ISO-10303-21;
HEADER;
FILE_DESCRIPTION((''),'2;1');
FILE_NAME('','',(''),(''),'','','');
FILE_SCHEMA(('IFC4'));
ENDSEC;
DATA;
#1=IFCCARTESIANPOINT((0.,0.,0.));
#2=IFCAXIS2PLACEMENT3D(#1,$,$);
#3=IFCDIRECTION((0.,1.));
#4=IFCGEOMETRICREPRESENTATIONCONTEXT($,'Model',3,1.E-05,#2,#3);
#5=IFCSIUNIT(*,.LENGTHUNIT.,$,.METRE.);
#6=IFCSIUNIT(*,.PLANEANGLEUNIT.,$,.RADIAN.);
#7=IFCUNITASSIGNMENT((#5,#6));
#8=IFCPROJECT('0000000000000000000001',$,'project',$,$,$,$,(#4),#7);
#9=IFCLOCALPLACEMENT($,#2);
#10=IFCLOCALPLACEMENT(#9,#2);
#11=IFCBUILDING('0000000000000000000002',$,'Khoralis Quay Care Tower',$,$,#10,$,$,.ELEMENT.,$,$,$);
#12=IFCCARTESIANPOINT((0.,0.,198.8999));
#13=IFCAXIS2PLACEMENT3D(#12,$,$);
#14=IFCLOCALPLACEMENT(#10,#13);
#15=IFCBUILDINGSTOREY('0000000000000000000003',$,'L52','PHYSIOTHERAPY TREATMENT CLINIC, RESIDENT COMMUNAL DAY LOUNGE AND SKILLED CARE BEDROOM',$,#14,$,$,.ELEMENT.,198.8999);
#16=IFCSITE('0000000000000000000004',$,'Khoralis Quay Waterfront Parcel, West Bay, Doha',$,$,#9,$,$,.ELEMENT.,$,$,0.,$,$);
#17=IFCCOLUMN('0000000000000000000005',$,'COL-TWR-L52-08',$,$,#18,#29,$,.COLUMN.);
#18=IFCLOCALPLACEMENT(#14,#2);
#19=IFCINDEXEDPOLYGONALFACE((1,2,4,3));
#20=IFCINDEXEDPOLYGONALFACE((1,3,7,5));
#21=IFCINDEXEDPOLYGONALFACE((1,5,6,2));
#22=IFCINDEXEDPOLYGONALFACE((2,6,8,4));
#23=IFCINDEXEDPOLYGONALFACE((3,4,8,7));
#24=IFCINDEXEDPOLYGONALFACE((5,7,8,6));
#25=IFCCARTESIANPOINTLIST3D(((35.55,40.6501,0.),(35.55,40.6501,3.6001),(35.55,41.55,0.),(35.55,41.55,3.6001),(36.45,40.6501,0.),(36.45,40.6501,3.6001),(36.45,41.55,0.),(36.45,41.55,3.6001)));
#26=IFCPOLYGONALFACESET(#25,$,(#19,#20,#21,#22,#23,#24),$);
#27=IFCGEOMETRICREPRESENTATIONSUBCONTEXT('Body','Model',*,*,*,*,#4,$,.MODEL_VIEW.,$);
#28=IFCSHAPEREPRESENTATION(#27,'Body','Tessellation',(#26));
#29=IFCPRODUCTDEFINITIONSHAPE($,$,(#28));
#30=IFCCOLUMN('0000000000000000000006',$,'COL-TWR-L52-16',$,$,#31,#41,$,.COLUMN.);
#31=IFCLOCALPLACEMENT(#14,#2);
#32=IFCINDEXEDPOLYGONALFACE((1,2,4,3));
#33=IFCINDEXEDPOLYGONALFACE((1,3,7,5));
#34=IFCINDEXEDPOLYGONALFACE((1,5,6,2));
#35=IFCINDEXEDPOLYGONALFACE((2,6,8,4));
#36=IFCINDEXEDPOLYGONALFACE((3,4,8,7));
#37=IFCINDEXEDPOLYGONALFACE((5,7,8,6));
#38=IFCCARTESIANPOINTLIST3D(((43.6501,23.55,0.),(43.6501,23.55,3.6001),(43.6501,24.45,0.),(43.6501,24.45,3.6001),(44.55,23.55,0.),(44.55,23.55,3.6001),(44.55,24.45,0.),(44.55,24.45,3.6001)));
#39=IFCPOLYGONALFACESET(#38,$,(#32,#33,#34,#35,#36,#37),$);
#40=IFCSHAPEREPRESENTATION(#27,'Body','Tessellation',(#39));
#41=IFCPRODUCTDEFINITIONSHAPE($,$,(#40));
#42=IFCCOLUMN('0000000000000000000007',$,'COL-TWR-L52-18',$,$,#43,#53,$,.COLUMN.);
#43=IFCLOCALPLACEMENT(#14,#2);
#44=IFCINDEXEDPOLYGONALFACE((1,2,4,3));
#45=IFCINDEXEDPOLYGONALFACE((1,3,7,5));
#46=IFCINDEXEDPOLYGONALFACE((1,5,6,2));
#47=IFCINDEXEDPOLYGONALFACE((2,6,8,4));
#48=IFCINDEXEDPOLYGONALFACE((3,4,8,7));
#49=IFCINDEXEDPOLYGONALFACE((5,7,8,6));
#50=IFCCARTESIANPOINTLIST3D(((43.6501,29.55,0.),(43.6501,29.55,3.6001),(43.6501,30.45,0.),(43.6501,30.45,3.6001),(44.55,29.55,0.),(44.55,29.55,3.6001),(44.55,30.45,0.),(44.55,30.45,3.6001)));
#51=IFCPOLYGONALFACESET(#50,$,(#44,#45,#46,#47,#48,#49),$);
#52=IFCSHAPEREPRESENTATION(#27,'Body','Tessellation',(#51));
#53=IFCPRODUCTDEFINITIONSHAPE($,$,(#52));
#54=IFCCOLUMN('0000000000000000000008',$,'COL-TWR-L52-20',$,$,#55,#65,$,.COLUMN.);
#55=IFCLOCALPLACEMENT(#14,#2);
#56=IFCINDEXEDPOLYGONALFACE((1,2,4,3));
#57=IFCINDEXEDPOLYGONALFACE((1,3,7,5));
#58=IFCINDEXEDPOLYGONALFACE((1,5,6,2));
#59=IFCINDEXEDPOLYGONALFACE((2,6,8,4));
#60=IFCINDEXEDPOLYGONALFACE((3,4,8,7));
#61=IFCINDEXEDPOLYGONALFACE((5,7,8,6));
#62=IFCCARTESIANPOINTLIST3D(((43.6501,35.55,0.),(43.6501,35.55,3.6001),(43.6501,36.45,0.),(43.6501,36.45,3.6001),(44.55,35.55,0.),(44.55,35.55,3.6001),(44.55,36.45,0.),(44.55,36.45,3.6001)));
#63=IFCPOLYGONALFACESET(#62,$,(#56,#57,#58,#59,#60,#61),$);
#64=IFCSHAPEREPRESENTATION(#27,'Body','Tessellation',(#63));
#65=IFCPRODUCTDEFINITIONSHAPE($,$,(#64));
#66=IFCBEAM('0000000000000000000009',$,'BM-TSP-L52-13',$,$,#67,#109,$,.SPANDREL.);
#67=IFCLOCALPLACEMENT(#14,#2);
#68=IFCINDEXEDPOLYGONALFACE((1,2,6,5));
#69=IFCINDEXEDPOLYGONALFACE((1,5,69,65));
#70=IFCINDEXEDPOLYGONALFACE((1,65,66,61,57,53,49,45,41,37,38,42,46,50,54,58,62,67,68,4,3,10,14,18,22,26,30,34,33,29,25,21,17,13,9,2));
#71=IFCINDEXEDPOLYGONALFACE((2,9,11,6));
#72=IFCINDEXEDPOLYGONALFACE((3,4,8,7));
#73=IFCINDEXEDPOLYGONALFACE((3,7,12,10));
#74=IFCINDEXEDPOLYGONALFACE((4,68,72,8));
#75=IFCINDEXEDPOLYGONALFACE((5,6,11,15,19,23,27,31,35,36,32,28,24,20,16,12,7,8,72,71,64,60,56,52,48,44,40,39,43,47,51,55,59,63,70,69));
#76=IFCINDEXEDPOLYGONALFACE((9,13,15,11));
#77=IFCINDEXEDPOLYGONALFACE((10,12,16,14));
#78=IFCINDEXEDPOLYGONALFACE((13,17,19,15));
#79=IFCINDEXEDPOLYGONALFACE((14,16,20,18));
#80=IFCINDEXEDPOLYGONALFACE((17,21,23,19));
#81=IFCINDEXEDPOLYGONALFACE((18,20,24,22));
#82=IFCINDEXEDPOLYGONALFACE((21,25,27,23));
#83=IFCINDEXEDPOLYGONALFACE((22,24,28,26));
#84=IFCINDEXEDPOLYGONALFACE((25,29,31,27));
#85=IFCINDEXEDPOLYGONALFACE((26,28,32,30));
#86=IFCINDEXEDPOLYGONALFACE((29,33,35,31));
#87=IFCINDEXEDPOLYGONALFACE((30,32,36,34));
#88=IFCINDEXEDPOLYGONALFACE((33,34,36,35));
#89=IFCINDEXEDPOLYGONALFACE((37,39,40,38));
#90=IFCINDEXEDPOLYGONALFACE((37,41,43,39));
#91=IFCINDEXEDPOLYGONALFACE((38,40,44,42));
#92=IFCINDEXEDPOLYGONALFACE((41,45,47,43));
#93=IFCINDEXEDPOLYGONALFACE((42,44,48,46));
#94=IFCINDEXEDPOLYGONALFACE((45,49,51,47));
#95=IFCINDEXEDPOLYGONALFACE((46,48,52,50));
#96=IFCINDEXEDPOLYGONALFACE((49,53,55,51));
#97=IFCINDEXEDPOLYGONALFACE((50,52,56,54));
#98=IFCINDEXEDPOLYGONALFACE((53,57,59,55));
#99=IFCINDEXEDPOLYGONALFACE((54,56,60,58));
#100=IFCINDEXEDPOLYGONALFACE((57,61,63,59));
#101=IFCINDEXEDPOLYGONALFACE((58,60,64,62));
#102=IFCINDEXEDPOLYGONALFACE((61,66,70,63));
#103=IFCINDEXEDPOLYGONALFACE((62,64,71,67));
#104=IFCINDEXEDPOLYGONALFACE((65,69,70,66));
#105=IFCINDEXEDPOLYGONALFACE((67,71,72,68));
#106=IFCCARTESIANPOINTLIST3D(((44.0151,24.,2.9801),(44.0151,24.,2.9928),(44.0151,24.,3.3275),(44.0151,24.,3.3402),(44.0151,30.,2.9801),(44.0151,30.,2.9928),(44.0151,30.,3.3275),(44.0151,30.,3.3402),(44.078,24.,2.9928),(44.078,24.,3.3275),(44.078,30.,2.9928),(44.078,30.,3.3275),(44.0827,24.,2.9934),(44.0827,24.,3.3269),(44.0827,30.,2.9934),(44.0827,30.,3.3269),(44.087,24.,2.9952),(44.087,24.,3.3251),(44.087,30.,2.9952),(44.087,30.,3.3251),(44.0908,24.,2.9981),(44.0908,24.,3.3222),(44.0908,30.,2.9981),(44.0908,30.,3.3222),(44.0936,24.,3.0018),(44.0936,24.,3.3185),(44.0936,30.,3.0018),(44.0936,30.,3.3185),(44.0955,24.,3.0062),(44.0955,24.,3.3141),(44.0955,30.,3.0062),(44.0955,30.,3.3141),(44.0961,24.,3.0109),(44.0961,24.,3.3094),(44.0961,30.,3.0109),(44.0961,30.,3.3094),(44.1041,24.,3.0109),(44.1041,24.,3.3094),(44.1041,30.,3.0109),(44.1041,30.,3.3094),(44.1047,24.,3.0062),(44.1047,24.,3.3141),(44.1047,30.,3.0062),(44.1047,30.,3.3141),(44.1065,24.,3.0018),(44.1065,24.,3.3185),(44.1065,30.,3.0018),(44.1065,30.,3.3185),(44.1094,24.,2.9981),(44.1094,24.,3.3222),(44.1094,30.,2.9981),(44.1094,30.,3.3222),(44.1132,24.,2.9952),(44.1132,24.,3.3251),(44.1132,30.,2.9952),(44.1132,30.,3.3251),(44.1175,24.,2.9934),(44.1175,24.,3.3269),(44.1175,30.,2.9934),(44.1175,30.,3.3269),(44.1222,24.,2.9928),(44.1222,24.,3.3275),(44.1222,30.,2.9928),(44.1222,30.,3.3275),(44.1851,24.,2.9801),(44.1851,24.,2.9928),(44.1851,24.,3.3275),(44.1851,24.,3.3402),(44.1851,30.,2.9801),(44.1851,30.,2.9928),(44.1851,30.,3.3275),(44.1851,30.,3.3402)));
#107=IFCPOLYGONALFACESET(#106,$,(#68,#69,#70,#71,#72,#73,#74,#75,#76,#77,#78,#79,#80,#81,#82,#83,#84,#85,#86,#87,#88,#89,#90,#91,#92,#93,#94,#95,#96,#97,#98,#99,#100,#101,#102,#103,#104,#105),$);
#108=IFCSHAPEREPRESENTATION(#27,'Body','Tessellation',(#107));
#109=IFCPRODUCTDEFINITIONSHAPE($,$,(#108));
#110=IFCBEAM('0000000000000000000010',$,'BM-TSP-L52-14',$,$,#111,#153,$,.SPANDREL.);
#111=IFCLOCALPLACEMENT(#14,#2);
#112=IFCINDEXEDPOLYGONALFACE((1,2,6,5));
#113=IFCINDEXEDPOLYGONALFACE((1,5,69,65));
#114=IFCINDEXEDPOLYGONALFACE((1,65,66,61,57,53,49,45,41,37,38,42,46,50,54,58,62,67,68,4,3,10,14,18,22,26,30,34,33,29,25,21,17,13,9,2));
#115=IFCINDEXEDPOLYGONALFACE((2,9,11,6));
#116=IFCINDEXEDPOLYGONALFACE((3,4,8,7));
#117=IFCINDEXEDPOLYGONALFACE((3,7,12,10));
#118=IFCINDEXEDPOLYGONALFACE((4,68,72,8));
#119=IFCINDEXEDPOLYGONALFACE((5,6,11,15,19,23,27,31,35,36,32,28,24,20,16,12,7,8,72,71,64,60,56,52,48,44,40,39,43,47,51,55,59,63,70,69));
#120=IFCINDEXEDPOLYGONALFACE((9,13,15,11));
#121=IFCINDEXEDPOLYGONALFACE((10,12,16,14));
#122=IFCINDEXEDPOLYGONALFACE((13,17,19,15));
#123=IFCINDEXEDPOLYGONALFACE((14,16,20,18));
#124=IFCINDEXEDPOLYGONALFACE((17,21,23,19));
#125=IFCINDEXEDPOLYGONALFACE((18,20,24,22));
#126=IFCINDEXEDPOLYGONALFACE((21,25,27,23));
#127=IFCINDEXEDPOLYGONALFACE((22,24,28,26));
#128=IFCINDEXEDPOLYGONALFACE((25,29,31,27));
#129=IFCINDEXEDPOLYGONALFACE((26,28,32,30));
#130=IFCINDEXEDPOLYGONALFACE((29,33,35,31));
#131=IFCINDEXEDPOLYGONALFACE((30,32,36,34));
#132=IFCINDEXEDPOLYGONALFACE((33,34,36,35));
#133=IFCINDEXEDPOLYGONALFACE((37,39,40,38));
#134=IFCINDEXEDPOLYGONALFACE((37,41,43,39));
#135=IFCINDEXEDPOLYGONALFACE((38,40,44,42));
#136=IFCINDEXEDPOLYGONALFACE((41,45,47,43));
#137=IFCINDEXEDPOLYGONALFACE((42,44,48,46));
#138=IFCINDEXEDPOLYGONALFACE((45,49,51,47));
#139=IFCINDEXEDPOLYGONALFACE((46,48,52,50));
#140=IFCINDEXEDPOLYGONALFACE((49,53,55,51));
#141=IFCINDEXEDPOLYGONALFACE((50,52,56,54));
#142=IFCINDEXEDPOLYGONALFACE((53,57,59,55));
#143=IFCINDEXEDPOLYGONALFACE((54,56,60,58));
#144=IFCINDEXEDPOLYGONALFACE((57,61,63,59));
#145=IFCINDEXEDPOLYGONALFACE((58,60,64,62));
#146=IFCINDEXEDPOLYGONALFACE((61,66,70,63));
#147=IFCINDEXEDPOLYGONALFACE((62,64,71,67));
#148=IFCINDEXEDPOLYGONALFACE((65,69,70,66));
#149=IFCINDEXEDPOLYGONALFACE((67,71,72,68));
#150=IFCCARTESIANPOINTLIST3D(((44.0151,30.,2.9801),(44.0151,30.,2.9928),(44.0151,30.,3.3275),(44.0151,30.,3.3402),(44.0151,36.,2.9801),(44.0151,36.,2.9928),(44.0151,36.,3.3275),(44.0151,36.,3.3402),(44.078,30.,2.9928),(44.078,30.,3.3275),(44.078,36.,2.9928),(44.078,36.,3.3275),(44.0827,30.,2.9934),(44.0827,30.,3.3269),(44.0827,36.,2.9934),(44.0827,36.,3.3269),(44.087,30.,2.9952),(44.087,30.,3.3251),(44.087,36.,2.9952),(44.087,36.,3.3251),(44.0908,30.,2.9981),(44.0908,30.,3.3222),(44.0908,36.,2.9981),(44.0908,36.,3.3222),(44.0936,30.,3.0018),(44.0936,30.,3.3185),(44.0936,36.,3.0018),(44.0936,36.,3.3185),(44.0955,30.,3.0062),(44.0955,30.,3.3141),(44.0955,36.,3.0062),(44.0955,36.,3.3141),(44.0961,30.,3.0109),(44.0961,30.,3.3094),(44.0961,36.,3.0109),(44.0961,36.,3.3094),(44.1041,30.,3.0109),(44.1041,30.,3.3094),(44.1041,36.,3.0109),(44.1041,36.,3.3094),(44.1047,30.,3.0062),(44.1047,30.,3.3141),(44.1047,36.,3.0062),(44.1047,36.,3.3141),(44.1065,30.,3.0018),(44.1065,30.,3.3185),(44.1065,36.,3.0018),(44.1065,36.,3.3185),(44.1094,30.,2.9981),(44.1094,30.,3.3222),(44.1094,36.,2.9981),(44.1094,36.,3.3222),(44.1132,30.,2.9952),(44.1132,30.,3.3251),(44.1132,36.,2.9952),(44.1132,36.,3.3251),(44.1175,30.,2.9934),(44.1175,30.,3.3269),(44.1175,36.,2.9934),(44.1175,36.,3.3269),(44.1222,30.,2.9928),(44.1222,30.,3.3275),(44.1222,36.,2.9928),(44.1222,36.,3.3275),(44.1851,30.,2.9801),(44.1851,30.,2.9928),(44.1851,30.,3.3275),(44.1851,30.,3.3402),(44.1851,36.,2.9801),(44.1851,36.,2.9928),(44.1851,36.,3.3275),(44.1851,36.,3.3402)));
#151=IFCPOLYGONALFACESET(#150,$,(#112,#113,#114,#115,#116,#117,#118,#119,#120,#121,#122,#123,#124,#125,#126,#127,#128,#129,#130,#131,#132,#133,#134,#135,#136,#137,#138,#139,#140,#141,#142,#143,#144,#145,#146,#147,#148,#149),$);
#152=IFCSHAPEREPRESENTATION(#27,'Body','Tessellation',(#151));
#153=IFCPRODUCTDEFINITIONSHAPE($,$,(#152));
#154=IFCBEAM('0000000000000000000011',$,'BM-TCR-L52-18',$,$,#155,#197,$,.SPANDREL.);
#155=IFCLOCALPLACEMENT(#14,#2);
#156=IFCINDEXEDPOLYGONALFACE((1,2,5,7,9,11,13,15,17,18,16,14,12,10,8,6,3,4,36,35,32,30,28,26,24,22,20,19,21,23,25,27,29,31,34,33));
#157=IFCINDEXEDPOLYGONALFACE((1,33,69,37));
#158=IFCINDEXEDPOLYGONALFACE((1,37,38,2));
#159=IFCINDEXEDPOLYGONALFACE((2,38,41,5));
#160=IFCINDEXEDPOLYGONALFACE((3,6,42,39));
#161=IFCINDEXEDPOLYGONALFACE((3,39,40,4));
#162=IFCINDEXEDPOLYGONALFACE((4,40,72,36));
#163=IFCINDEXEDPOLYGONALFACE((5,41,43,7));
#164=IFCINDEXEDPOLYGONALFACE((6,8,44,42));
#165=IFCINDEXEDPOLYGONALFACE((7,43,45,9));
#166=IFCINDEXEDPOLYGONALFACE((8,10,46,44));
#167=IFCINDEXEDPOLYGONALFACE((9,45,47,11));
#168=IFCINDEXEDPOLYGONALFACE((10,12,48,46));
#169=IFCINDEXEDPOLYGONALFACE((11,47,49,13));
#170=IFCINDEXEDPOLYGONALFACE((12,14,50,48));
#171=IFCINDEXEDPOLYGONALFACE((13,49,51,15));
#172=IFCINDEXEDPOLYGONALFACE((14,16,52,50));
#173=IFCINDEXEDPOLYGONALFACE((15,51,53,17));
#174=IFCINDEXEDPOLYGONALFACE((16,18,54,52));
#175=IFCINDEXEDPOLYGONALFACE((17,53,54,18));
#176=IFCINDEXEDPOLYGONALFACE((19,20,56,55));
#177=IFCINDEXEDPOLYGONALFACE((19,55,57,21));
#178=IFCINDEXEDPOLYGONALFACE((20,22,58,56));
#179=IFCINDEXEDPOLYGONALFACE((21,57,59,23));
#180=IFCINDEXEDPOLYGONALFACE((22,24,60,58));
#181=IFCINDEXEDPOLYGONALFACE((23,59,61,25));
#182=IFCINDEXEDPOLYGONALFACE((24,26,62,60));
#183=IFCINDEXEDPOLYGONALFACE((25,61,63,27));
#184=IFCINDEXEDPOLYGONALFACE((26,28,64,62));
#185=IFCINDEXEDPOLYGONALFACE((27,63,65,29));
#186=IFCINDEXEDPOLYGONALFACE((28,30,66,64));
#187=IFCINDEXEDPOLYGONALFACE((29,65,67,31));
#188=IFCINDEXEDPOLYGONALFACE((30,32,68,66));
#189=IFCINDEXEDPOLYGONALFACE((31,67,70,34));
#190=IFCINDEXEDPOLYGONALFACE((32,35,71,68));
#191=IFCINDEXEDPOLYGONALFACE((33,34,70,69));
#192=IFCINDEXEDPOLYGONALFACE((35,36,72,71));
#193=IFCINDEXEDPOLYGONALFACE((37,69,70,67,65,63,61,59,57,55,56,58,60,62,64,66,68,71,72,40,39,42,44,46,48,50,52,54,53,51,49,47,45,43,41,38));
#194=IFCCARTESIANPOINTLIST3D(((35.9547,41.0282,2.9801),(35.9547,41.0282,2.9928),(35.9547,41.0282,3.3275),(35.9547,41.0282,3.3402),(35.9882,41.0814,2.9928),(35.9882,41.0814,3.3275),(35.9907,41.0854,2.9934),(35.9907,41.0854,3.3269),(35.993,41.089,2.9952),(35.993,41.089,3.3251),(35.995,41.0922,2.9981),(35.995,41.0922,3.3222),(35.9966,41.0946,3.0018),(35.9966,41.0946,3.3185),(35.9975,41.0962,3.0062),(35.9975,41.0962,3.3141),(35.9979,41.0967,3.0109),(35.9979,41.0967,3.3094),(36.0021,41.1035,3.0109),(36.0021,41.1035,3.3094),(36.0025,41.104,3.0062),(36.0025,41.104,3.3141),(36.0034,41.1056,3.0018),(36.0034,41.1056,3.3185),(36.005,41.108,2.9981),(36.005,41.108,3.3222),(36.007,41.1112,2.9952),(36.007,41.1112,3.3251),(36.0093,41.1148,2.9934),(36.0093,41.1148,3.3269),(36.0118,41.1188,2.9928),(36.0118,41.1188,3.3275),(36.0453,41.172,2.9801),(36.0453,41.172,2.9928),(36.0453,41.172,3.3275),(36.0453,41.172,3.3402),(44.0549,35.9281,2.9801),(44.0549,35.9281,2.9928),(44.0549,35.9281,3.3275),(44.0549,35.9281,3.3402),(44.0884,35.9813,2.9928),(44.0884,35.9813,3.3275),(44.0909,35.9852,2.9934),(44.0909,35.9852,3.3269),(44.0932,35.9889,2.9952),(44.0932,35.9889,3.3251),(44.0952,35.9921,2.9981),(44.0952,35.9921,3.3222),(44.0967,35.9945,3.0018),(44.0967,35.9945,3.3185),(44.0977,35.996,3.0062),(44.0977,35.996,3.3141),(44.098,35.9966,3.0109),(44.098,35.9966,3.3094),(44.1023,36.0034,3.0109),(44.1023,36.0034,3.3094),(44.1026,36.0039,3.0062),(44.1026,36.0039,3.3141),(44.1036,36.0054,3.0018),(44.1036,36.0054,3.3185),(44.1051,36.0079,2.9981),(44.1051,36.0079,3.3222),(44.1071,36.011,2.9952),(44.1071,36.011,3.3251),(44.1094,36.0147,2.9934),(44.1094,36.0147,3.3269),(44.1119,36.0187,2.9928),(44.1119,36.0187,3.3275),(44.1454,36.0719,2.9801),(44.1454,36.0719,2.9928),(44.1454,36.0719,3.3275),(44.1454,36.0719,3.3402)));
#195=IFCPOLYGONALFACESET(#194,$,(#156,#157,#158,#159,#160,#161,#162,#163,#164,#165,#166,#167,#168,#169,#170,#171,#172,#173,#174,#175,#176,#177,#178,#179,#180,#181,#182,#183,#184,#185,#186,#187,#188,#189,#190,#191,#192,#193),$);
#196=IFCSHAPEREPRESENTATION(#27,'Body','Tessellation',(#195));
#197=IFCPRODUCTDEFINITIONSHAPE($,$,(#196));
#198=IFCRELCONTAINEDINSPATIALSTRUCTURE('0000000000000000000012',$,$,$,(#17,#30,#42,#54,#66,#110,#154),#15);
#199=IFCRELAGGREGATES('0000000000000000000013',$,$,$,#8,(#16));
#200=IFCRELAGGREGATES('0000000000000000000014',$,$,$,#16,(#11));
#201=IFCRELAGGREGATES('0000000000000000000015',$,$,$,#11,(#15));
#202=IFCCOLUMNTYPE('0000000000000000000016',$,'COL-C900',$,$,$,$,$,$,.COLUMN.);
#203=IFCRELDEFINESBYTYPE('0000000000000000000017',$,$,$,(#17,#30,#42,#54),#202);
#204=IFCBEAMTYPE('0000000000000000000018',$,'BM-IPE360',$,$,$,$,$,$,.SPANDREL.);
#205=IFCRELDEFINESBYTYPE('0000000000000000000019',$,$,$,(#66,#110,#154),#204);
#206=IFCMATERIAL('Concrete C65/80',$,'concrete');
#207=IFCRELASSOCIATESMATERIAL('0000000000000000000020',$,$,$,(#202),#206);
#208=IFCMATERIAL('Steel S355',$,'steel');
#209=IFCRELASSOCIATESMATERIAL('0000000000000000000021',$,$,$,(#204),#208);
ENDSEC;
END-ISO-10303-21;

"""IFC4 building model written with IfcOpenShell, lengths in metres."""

from ifc_helpers import new_model, si_unit, direction, frame, origin, origin_2d, place, context, subcontext, project, spatial, rectangle, i_section, extrude, source, transform, mapped, material, material_profile, profile_set, type_object, element, save


model = new_model("IFC4")

# Units and contexts
model_context = context("Model", 3, precision=1e-05, world=origin(), true_north=direction((0.0, 1.0)))
body_context = subcontext(model_context, "Body", "Model", "MODEL_VIEW")
ifc_project = project(units=[si_unit("LENGTHUNIT", "METRE"), si_unit("PLANEANGLEUNIT", "RADIAN")], contexts=[model_context])

# Site, building, storey
site_placement = place(None, origin())
site = spatial("IfcSite", under=ifc_project, at=site_placement, Name="Khoralis Quay Waterfront Parcel, West Bay, Doha", CompositionType="ELEMENT", RefElevation=0.0)
building_placement = place(site_placement, origin())
building = spatial("IfcBuilding", under=site, at=building_placement, Name="Khoralis Quay Care Tower", CompositionType="ELEMENT")
storey_placement = place(building_placement, frame((0.0, 0.0, 198.8999)))
storey = spatial("IfcBuildingStorey", under=building, at=storey_placement, Name="L52", Description="PHYSIOTHERAPY TREATMENT CLINIC, RESIDENT COMMUNAL DAY LOUNGE AND SKILLED CARE BEDROOM", CompositionType="ELEMENT", Elevation=198.8999)

# Columns
ifc_material_1 = material(Name="Concrete C65/80", Category="concrete")
ifc_material_profile_1 = material_profile(ifc_material_1, rectangle(XDim=0.8999, YDim=0.8999, at=origin_2d()), Name="Concrete C65/80")
ifc_profile_set_1 = profile_set([ifc_material_profile_1], Name="Concrete C65/80")
column_type = type_object("IfcColumnType", Name="COL-C900", PredefinedType="COLUMN", material=ifc_profile_set_1)
shared_shape_1 = source(origin(), body_context, "Body", "SweptSolid", [
    extrude(rectangle(XDim=0.8999, YDim=0.8999, at=origin_2d()), origin(), (0.0, 0.0, 1.0), 3.6001),
])
for number, where, z_axis, x_axis, name in (
    (1, (36.0, 41.1001, 0.0), (0.0, 0.0, 1.0), (1.0, 0.0, 0.0), "COL-TWR-L52-08"),
    (2, (44.1001, 24.0, 0.0), (0.0, 0.0, 1.0), (1.0, 0.0, 0.0), "COL-TWR-L52-16"),
    (3, (44.1001, 30.0, 0.0), (0.0, 0.0, 1.0), (1.0, 0.0, 0.0), "COL-TWR-L52-18"),
    (4, (44.1001, 36.0, 0.0), (0.0, 0.0, 1.0), (1.0, 0.0, 0.0), "COL-TWR-L52-20"),
):
    element("IfcColumn", number, at=place(storey_placement, frame(where, z_axis=z_axis, x_axis=x_axis)), inside=storey, type_object=column_type, Name=name, PredefinedType="COLUMN", context=body_context, shape_type="MappedRepresentation", body=[
        mapped(shared_shape_1, transform((0.0, 0.0, 0.0), scale=1.0)),
    ])

# Beams
ifc_material_2 = material(Name="Steel S355", Category="steel")
ifc_material_profile_2 = material_profile(ifc_material_2, i_section(OverallWidth=0.1699, OverallDepth=0.3601, WebThickness=0.0081, FlangeThickness=0.0127, FilletRadius=0.0181, at=origin_2d()), Name="Steel S355")
ifc_profile_set_2 = profile_set([ifc_material_profile_2], Name="Steel S355")
beam_type_1 = type_object("IfcBeamType", Name="BM-IPE360", PredefinedType="SPANDREL", material=ifc_profile_set_2)
shared_shape_2 = source(origin(), body_context, "Body", "SweptSolid", [
    extrude(i_section(OverallWidth=0.1699, OverallDepth=0.3601, WebThickness=0.0081, FlangeThickness=0.0127, FilletRadius=0.0181, at=origin_2d()), origin(), (0.0, 0.0, 1.0), 6.0),
])
for number, where, z_axis, x_axis, name in (
    (5, (44.1001, 24.0, 3.1602), (0.0, 1.0, 0.0), (-1.0, 0.0, 0.0), "BM-TSP-L52-13"),
    (6, (44.1001, 30.0, 3.1602), (0.0, 1.0, 0.0), (-1.0, 0.0, 0.0), "BM-TSP-L52-14"),
):
    element("IfcBeam", number, at=place(storey_placement, frame(where, z_axis=z_axis, x_axis=x_axis)), inside=storey, type_object=beam_type_1, Name=name, PredefinedType="SPANDREL", context=body_context, shape_type="MappedRepresentation", body=[
        mapped(shared_shape_2, transform((0.0, 0.0, 0.0), scale=1.0)),
    ])
shared_shape_3 = source(origin(), body_context, "Body", "SweptSolid", [
    extrude(i_section(OverallWidth=0.1699, OverallDepth=0.3601, WebThickness=0.0081, FlangeThickness=0.0127, FilletRadius=0.0181, at=origin_2d()), origin(), (0.0, 0.0, 1.0), 9.572),
])
beam_1_placement = place(storey_placement, frame((36.0, 41.1001, 3.1602), z_axis=(0.846231, -0.532816, 0.0), x_axis=(0.532816, 0.846231, 0.0)))
element("IfcBeam", 7, at=beam_1_placement, inside=storey, type_object=beam_type_1, Name="BM-TCR-L52-18", PredefinedType="SPANDREL", context=body_context, shape_type="MappedRepresentation", body=[
    mapped(shared_shape_3, transform((0.0, 0.0, 0.0), scale=1.0)),
])

save(model, "model.ifc")
